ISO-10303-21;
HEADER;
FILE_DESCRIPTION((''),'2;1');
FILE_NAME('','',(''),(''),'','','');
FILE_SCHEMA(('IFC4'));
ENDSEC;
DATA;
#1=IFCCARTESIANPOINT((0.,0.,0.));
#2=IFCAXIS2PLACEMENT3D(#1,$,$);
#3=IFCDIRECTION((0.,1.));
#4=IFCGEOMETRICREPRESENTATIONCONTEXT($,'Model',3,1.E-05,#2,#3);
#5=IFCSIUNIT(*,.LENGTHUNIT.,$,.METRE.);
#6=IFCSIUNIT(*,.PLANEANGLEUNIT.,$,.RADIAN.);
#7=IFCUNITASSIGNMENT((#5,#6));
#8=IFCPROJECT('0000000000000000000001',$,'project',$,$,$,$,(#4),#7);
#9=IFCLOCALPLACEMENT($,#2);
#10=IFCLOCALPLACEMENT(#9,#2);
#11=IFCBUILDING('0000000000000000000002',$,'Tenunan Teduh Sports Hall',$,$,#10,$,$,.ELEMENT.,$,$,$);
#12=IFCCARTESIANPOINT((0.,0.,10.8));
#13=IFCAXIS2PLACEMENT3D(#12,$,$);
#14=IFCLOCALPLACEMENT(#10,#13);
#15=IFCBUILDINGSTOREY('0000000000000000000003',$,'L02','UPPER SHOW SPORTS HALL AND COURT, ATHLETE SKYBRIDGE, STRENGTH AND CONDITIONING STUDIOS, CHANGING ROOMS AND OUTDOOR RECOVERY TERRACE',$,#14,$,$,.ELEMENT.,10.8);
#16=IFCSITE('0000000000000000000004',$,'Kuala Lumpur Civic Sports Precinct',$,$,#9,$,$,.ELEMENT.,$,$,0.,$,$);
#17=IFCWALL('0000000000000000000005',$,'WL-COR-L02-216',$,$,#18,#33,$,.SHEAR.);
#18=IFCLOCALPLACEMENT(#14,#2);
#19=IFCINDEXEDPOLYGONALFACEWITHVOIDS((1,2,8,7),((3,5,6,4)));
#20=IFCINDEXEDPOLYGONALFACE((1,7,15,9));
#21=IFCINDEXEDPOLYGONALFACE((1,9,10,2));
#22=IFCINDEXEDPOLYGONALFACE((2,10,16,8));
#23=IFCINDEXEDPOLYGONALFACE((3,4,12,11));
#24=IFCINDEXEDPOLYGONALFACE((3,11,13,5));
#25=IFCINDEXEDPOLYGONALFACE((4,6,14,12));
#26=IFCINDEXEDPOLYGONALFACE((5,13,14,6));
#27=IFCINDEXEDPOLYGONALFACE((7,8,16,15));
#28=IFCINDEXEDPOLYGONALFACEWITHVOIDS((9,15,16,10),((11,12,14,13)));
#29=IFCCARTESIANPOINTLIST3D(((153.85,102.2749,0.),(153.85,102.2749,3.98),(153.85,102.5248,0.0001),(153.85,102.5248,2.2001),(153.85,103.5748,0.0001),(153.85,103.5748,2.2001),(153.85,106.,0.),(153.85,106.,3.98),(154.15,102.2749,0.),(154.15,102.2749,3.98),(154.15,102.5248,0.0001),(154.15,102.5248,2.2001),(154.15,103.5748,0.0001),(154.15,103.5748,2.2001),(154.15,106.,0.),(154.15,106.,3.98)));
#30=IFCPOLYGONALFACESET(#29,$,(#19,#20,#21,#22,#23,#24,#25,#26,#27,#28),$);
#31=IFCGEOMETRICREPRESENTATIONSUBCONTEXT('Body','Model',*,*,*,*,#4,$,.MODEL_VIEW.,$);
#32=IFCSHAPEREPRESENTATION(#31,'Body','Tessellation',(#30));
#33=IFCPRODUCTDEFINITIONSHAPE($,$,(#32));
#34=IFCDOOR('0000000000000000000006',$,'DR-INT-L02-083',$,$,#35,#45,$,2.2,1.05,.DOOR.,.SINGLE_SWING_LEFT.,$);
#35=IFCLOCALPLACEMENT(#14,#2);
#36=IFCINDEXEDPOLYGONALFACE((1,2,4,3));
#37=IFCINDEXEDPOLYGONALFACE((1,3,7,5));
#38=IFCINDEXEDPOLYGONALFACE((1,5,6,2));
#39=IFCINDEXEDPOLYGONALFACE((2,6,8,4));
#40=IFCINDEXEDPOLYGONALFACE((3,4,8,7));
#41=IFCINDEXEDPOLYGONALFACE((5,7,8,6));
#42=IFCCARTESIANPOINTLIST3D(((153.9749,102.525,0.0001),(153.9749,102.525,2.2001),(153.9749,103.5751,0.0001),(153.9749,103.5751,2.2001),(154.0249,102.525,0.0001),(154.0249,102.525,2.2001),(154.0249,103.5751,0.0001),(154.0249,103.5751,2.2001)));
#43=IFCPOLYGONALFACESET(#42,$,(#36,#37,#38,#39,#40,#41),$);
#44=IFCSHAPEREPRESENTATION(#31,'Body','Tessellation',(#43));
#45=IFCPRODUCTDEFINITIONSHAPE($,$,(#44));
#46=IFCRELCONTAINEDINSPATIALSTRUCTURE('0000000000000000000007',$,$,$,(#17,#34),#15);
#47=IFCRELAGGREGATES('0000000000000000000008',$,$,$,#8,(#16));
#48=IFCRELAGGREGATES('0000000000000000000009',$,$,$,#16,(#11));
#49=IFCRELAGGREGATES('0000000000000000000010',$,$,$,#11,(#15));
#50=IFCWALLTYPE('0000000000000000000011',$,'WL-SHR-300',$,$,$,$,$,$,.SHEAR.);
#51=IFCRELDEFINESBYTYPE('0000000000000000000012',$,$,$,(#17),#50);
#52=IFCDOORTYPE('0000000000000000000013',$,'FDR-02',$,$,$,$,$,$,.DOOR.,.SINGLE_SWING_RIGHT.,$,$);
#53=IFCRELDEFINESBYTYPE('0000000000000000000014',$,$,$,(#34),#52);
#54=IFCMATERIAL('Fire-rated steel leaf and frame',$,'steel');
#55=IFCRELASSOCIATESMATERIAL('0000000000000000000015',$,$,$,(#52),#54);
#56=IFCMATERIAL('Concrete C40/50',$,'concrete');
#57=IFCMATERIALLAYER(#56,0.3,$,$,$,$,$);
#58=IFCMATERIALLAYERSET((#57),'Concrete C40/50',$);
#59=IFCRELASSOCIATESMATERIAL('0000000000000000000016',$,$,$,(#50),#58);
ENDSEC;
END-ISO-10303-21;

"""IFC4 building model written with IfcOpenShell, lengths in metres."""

from ifc_helpers import new_model, si_unit, direction, frame, frame_2d, origin, place, context, subcontext, project, spatial, rectangle, extrude, material, layer, layer_set, type_object, element, fill, save


model = new_model("IFC4")

# Units and contexts
model_context = context("Model", 3, precision=1e-05, world=origin(), true_north=direction((0.0, 1.0)))
body_context = subcontext(model_context, "Body", "Model", "MODEL_VIEW")
ifc_project = project(units=[si_unit("LENGTHUNIT", "METRE"), si_unit("PLANEANGLEUNIT", "RADIAN")], contexts=[model_context])

# Site, building, storey
site_placement = place(None, origin())
site = spatial("IfcSite", under=ifc_project, at=site_placement, Name="Kuala Lumpur Civic Sports Precinct", CompositionType="ELEMENT", RefElevation=0.0)
building_placement = place(site_placement, origin())
building = spatial("IfcBuilding", under=site, at=building_placement, Name="Tenunan Teduh Sports Hall", CompositionType="ELEMENT")
storey_placement = place(building_placement, frame((0.0, 0.0, 10.8)))
storey = spatial("IfcBuildingStorey", under=building, at=storey_placement, Name="L02", Description="UPPER SHOW SPORTS HALL AND COURT, ATHLETE SKYBRIDGE, STRENGTH AND CONDITIONING STUDIOS, CHANGING ROOMS AND OUTDOOR RECOVERY TERRACE", CompositionType="ELEMENT", Elevation=10.8)

# Shared definitions
ifc_material_1 = material(Name="Fire-rated steel leaf and frame", Category="steel")
door_type = type_object("IfcDoorType", Name="FDR-02", OperationType="SINGLE_SWING_RIGHT", PredefinedType="DOOR", material=ifc_material_1)

# Shared definitions
ifc_material_2 = material(Name="Concrete C40/50", Category="concrete")
ifc_layer_1 = layer(ifc_material_2, 0.3)
ifc_layer_set_1 = layer_set([ifc_layer_1], Name="Concrete C40/50")
wall_type_1 = type_object("IfcWallType", Name="WL-SHR-300", PredefinedType="SHEAR", material=ifc_layer_set_1)

# Wall, opening, door
wall_1_placement = place(storey_placement, frame((154.0, 102.2749, 0.0), z_axis=(0.0, 0.0, 1.0), x_axis=(0.0, 1.0, 0.0)))
wall_1 = element("IfcWall", 1, at=wall_1_placement, inside=storey, type_object=wall_type_1, Name="WL-COR-L02-216", PredefinedType="SHEAR", context=body_context, shape_type="SweptSolid", body=[
    extrude(rectangle(XDim=3.7251, YDim=0.3, at=frame_2d((1.8625, 0.0))), origin(), (0.0, 0.0, 1.0), 3.98),
])
opening_1_placement = place(wall_1_placement, frame((0.25, 0.0, 0.0)))
opening_1 = element("IfcOpeningElement", 2, at=opening_1_placement, cuts=wall_1, PredefinedType="OPENING", context=body_context, shape_type="SweptSolid", body=[
    extrude(rectangle(XDim=1.05, YDim=2.2, at=frame_2d((0.5249, 1.1001))), frame((0.0, 0.1599, 0.0), z_axis=(0.0, -1.0, 0.0), x_axis=(1.0, 0.0, 0.0)), (0.0, 0.0, 1.0), 0.3201),
])
door_1_placement = place(opening_1_placement, frame((1.05, 0.0, 0.0), z_axis=(0.0, 0.0, 1.0), x_axis=(-1.0, 0.0, 0.0)))
door_1 = element("IfcDoor", 3, at=door_1_placement, inside=storey, type_object=door_type, Name="DR-INT-L02-083", OperationType="SINGLE_SWING_LEFT", OverallHeight=2.2, OverallWidth=1.05, PredefinedType="DOOR", context=body_context, shape_type="SweptSolid", body=[
    extrude(rectangle(XDim=1.05, YDim=2.2, at=frame_2d((0.5249, 1.1001))), frame((0.0, 0.0249, 0.0), z_axis=(0.0, -1.0, 0.0), x_axis=(1.0, 0.0, 0.0)), (0.0, 0.0, 1.0), 0.05),
])
fill(opening_1, door_1)

save(model, "model.ifc")
